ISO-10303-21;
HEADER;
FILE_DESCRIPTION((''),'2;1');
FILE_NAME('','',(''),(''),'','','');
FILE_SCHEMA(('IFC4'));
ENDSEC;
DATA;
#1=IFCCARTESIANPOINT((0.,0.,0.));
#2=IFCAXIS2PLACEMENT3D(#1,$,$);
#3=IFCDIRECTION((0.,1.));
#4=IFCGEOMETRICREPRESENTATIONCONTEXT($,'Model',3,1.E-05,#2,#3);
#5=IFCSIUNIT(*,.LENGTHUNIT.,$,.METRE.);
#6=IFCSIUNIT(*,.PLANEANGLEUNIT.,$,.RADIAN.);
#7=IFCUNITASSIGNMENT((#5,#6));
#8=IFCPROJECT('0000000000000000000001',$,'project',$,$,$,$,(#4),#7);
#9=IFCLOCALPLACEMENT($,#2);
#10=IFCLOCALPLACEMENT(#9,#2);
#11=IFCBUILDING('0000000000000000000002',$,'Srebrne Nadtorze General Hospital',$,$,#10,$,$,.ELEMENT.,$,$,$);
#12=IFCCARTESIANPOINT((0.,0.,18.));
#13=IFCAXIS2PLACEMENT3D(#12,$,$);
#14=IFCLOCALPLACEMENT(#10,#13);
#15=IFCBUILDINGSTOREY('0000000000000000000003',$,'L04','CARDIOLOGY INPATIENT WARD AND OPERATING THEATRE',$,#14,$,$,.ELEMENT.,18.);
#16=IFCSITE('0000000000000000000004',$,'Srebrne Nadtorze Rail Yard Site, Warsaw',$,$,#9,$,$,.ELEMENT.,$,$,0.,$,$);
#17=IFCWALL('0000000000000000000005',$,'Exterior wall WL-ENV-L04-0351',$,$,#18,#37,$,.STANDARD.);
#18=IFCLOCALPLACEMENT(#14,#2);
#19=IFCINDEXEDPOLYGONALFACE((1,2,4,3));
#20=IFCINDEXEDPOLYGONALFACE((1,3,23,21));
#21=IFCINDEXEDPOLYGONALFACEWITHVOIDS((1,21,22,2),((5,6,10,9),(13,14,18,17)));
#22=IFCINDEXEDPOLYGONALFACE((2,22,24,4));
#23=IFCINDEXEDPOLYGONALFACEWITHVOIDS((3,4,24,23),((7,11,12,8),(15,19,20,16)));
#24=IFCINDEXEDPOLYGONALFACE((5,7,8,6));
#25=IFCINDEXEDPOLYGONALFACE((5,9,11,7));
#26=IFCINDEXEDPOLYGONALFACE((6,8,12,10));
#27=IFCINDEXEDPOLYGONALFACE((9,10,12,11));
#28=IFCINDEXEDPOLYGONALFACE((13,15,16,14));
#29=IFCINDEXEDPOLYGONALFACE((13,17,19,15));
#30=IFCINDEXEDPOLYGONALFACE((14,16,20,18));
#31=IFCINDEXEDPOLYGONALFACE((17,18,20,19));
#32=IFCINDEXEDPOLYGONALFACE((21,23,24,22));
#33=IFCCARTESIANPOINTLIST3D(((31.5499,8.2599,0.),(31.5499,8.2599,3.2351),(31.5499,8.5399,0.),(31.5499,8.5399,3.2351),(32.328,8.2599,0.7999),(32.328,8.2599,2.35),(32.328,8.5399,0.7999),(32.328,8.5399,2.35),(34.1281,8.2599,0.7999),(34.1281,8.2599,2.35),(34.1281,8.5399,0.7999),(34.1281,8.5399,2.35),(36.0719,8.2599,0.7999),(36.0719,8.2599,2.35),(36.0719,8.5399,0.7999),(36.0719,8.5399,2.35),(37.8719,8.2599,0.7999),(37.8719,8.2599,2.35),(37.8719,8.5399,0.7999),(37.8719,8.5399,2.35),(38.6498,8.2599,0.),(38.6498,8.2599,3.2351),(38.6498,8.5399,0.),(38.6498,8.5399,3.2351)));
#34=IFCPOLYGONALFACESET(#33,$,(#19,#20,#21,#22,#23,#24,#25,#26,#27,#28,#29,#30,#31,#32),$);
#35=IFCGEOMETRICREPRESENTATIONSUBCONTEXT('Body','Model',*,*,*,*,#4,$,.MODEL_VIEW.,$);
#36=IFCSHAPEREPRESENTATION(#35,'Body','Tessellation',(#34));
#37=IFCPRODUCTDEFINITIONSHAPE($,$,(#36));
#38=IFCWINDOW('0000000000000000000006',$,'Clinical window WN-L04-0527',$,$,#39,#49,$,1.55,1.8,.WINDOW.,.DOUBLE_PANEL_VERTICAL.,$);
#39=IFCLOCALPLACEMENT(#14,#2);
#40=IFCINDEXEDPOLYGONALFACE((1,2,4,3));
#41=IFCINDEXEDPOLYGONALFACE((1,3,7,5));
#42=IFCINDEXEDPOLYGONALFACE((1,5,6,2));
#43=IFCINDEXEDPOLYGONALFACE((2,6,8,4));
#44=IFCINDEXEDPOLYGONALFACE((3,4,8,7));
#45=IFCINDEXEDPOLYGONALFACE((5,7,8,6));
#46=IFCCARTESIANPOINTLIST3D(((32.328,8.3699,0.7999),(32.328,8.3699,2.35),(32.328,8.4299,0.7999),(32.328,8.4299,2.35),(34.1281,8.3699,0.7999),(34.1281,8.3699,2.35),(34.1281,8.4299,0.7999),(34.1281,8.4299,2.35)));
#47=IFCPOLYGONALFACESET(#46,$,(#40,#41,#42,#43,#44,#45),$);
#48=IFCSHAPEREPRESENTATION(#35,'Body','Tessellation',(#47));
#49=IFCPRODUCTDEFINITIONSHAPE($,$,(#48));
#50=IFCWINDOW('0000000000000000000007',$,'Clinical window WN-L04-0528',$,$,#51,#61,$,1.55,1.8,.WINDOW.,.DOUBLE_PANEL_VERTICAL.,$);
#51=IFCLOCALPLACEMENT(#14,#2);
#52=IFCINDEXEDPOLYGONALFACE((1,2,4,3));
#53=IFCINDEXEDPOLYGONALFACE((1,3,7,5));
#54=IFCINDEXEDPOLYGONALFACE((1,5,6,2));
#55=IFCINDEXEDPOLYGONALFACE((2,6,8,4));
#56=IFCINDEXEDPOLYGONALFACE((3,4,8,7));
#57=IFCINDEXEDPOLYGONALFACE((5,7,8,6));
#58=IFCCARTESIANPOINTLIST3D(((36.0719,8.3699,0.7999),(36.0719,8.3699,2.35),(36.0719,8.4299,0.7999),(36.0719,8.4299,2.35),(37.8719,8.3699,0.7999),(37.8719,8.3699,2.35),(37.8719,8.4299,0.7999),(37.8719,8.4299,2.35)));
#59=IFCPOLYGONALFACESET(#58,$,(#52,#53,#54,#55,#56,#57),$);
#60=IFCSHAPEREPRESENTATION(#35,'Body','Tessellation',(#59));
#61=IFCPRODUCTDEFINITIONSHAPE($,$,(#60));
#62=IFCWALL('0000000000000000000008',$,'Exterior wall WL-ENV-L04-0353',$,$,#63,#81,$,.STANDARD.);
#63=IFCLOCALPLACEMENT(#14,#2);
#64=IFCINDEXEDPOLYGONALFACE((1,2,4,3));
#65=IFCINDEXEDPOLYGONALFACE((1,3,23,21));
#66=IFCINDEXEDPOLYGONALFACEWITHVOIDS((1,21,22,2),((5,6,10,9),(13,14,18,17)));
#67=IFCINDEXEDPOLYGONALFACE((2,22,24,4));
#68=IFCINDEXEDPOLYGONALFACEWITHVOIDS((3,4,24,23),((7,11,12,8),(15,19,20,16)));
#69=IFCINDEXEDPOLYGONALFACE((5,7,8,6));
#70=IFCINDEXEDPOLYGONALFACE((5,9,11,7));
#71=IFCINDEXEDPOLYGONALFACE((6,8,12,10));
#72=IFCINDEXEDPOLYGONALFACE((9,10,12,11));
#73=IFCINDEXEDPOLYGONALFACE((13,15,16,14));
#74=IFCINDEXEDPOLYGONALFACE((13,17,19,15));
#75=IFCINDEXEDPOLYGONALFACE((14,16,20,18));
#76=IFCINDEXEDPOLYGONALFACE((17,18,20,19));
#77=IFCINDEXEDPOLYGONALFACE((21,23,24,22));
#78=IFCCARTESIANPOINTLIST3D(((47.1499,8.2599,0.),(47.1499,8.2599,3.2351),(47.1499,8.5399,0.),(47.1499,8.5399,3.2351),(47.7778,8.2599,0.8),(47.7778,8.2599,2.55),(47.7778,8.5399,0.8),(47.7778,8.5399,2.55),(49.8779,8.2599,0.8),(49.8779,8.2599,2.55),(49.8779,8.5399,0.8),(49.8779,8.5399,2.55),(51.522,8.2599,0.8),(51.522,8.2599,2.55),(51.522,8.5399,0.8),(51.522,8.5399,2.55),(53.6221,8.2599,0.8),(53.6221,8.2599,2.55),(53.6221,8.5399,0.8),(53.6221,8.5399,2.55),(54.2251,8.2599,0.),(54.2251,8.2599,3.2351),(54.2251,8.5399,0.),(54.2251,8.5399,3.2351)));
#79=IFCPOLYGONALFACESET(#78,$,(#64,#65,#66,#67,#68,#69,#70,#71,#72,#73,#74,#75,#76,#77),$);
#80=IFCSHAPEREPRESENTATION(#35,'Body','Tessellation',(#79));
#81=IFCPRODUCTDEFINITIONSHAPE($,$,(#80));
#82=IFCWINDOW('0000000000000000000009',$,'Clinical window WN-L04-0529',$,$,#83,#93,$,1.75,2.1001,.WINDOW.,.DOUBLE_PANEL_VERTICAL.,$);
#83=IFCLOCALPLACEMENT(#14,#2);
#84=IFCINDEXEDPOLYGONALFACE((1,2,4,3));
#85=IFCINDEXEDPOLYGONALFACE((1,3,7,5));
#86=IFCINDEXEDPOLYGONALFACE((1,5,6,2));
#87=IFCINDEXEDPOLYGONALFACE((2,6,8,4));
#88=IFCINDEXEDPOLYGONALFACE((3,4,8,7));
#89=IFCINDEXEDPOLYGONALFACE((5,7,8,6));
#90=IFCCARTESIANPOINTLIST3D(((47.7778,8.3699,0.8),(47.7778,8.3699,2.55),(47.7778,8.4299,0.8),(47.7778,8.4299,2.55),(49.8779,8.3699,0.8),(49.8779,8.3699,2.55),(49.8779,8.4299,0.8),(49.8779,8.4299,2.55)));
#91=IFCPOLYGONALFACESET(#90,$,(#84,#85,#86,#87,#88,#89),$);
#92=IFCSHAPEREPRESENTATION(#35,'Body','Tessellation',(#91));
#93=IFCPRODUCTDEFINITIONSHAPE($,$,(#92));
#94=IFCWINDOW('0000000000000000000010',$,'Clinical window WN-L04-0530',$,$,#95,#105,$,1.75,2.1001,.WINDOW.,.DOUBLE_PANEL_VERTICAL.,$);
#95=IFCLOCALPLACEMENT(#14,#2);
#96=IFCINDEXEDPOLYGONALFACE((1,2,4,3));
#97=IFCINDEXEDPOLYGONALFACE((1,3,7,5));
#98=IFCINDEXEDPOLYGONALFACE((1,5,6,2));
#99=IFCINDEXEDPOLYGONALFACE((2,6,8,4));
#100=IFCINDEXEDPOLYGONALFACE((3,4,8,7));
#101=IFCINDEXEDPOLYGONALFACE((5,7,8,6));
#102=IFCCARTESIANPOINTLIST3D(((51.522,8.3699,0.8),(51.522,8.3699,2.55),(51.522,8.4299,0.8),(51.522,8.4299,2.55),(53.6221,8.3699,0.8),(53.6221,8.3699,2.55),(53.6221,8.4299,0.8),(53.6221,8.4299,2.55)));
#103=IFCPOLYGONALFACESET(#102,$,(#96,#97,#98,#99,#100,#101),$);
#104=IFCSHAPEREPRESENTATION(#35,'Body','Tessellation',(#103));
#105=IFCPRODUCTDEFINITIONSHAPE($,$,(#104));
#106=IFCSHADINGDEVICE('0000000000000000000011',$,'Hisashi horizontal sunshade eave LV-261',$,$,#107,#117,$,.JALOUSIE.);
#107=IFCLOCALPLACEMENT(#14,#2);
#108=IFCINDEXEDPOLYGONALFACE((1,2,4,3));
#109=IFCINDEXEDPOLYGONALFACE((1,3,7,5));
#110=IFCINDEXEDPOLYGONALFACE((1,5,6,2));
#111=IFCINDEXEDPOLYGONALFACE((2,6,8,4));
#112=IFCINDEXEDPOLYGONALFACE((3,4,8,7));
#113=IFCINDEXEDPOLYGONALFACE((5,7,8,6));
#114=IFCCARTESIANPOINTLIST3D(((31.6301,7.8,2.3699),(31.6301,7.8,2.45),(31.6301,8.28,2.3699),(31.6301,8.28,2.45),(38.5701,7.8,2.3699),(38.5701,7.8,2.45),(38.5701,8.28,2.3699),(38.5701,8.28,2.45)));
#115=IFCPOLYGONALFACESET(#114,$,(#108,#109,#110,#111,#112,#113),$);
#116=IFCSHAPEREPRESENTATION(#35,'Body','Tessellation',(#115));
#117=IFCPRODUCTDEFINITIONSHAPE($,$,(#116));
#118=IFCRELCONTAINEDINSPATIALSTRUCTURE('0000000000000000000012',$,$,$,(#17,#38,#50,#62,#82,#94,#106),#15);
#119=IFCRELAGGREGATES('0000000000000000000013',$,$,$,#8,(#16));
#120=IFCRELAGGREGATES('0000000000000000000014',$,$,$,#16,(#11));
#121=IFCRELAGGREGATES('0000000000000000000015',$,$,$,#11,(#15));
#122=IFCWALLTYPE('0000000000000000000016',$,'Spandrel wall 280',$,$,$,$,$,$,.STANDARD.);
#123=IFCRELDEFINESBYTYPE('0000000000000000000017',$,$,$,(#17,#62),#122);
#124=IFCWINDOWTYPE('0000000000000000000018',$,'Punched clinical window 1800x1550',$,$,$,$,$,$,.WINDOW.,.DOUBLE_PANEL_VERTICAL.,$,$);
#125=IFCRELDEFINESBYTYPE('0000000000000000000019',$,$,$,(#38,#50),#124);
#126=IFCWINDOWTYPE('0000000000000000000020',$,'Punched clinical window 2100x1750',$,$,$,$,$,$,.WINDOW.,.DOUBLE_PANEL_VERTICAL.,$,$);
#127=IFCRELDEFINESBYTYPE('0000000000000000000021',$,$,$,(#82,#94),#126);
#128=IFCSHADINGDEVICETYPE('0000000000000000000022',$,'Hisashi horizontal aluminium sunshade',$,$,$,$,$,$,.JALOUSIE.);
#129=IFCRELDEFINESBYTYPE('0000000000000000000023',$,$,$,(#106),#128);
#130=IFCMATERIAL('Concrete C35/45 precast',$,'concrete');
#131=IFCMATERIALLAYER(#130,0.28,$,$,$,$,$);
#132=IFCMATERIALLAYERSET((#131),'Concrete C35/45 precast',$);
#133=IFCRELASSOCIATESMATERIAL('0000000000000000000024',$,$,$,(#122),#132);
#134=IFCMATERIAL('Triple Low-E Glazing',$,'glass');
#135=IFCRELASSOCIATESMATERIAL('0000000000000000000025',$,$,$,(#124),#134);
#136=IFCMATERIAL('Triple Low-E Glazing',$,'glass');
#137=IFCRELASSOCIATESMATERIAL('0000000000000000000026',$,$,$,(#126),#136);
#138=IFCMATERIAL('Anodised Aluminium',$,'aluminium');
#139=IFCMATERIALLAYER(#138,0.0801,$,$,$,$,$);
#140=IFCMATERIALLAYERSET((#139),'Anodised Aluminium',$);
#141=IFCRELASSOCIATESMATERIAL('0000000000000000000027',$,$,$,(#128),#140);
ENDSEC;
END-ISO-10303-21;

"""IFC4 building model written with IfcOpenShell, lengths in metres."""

from ifc_helpers import new_model, si_unit, direction, frame, frame_2d, origin, origin_2d, place, context, subcontext, project, spatial, rectangle, extrude, material, layer, layer_set, type_object, element, fill, save


model = new_model("IFC4")

# Units and contexts
model_context = context("Model", 3, precision=1e-05, world=origin(), true_north=direction((0.0, 1.0)))
body_context = subcontext(model_context, "Body", "Model", "MODEL_VIEW")
ifc_project = project(units=[si_unit("LENGTHUNIT", "METRE"), si_unit("PLANEANGLEUNIT", "RADIAN")], contexts=[model_context])

# Site, building, storey
site_placement = place(None, origin())
site = spatial("IfcSite", under=ifc_project, at=site_placement, Name="Srebrne Nadtorze Rail Yard Site, Warsaw", CompositionType="ELEMENT", RefElevation=0.0)
building_placement = place(site_placement, origin())
building = spatial("IfcBuilding", under=site, at=building_placement, Name="Srebrne Nadtorze General Hospital", CompositionType="ELEMENT")
storey_placement = place(building_placement, frame((0.0, 0.0, 18.0)))
storey = spatial("IfcBuildingStorey", under=building, at=storey_placement, Name="L04", Description="CARDIOLOGY INPATIENT WARD AND OPERATING THEATRE", CompositionType="ELEMENT", Elevation=18.0)

# Wall, openings, windows
ifc_material_1 = material(Name="Concrete C35/45 precast", Category="concrete")
ifc_layer_1 = layer(ifc_material_1, 0.28)
ifc_layer_set_1 = layer_set([ifc_layer_1], Name="Concrete C35/45 precast")
wall_type_1 = type_object("IfcWallType", Name="Spandrel wall 280", PredefinedType="STANDARD", material=ifc_layer_set_1)
wall_1_placement = place(storey_placement, frame((31.55, 8.3999, 0.0), z_axis=(0.0, 0.0, 1.0), x_axis=(1.0, 0.0, 0.0)))
wall_1 = element("IfcWall", 1, at=wall_1_placement, inside=storey, type_object=wall_type_1, Name="Exterior wall WL-ENV-L04-0351", PredefinedType="STANDARD", context=body_context, shape_type="SweptSolid", body=[
    extrude(rectangle(XDim=7.0999, YDim=0.28, at=frame_2d((3.5498, 0.0))), origin(), (0.0, 0.0, 1.0), 3.2351),
])
opening_1_placement = place(wall_1_placement, frame((0.7781, 0.0, 0.8)))
opening_1 = element("IfcOpeningElement", 2, at=opening_1_placement, cuts=wall_1, PredefinedType="OPENING", context=body_context, shape_type="SweptSolid", body=[
    extrude(rectangle(XDim=1.8, YDim=1.55, at=frame_2d((0.8999, 0.7749))), frame((0.0, 0.1519, 0.0), z_axis=(0.0, -1.0, 0.0), x_axis=(1.0, 0.0, 0.0)), (0.0, 0.0, 1.0), 0.304),
])
opening_2_placement = place(wall_1_placement, frame((4.522, 0.0, 0.8)))
opening_2 = element("IfcOpeningElement", 3, at=opening_2_placement, cuts=wall_1, PredefinedType="OPENING", context=body_context, shape_type="SweptSolid", body=[
    extrude(rectangle(XDim=1.8, YDim=1.55, at=frame_2d((0.8999, 0.7749))), frame((0.0, 0.1519, 0.0), z_axis=(0.0, -1.0, 0.0), x_axis=(1.0, 0.0, 0.0)), (0.0, 0.0, 1.0), 0.304),
])
ifc_material_2 = material(Name="Triple Low-E Glazing", Category="glass")
window_type_1 = type_object("IfcWindowType", Name="Punched clinical window 1800x1550", PartitioningType="DOUBLE_PANEL_VERTICAL", PredefinedType="WINDOW", material=ifc_material_2)
window_1_placement = place(opening_1_placement, origin())
window_1 = element("IfcWindow", 4, at=window_1_placement, inside=storey, type_object=window_type_1, Name="Clinical window WN-L04-0527", OverallHeight=1.55, OverallWidth=1.8, PartitioningType="DOUBLE_PANEL_VERTICAL", PredefinedType="WINDOW", context=body_context, shape_type="SweptSolid", body=[
    extrude(rectangle(XDim=1.8, YDim=1.55, at=frame_2d((0.8999, 0.7749))), frame((0.0, 0.03, 0.0), z_axis=(0.0, -1.0, 0.0), x_axis=(1.0, 0.0, 0.0)), (0.0, 0.0, 1.0), 0.0601),
])
fill(opening_1, window_1)
window_2_placement = place(opening_2_placement, origin())
window_2 = element("IfcWindow", 5, at=window_2_placement, inside=storey, type_object=window_type_1, Name="Clinical window WN-L04-0528", OverallHeight=1.55, OverallWidth=1.8, PartitioningType="DOUBLE_PANEL_VERTICAL", PredefinedType="WINDOW", context=body_context, shape_type="SweptSolid", body=[
    extrude(rectangle(XDim=1.8, YDim=1.55, at=frame_2d((0.8999, 0.7749))), frame((0.0, 0.03, 0.0), z_axis=(0.0, -1.0, 0.0), x_axis=(1.0, 0.0, 0.0)), (0.0, 0.0, 1.0), 0.0601),
])
fill(opening_2, window_2)

# Wall, openings, windows
wall_2_placement = place(storey_placement, frame((47.1499, 8.3999, 0.0), z_axis=(0.0, 0.0, 1.0), x_axis=(1.0, 0.0, 0.0)))
wall_2 = element("IfcWall", 6, at=wall_2_placement, inside=storey, type_object=wall_type_1, Name="Exterior wall WL-ENV-L04-0353", PredefinedType="STANDARD", context=body_context, shape_type="SweptSolid", body=[
    extrude(rectangle(XDim=7.0752, YDim=0.28, at=frame_2d((3.5376, 0.0))), origin(), (0.0, 0.0, 1.0), 3.2351),
])
opening_3_placement = place(wall_2_placement, frame((0.6279, 0.0, 0.8)))
opening_3 = element("IfcOpeningElement", 7, at=opening_3_placement, cuts=wall_2, PredefinedType="OPENING", context=body_context, shape_type="SweptSolid", body=[
    extrude(rectangle(XDim=2.1001, YDim=1.75, at=frame_2d((1.05, 0.875))), frame((0.0, 0.1519, 0.0), z_axis=(0.0, -1.0, 0.0), x_axis=(1.0, 0.0, 0.0)), (0.0, 0.0, 1.0), 0.304),
])
opening_4_placement = place(wall_2_placement, frame((4.3721, 0.0, 0.8)))
opening_4 = element("IfcOpeningElement", 8, at=opening_4_placement, cuts=wall_2, PredefinedType="OPENING", context=body_context, shape_type="SweptSolid", body=[
    extrude(rectangle(XDim=2.1001, YDim=1.75, at=frame_2d((1.05, 0.875))), frame((0.0, 0.1519, 0.0), z_axis=(0.0, -1.0, 0.0), x_axis=(1.0, 0.0, 0.0)), (0.0, 0.0, 1.0), 0.304),
])
ifc_material_3 = material(Name="Triple Low-E Glazing", Category="glass")
window_type_2 = type_object("IfcWindowType", Name="Punched clinical window 2100x1750", PartitioningType="DOUBLE_PANEL_VERTICAL", PredefinedType="WINDOW", material=ifc_material_3)
window_3_placement = place(opening_3_placement, origin())
window_3 = element("IfcWindow", 9, at=window_3_placement, inside=storey, type_object=window_type_2, Name="Clinical window WN-L04-0529", OverallHeight=1.75, OverallWidth=2.1001, PartitioningType="DOUBLE_PANEL_VERTICAL", PredefinedType="WINDOW", context=body_context, shape_type="SweptSolid", body=[
    extrude(rectangle(XDim=2.1001, YDim=1.75, at=frame_2d((1.05, 0.875))), frame((0.0, 0.03, 0.0), z_axis=(0.0, -1.0, 0.0), x_axis=(1.0, 0.0, 0.0)), (0.0, 0.0, 1.0), 0.0601),
])
fill(opening_3, window_3)
window_4_placement = place(opening_4_placement, origin())
window_4 = element("IfcWindow", 10, at=window_4_placement, inside=storey, type_object=window_type_2, Name="Clinical window WN-L04-0530", OverallHeight=1.75, OverallWidth=2.1001, PartitioningType="DOUBLE_PANEL_VERTICAL", PredefinedType="WINDOW", context=body_context, shape_type="SweptSolid", body=[
    extrude(rectangle(XDim=2.1001, YDim=1.75, at=frame_2d((1.05, 0.875))), frame((0.0, 0.03, 0.0), z_axis=(0.0, -1.0, 0.0), x_axis=(1.0, 0.0, 0.0)), (0.0, 0.0, 1.0), 0.0601),
])
fill(opening_4, window_4)

# Shading device
ifc_material_4 = material(Name="Anodised Aluminium", Category="aluminium")
ifc_layer_2 = layer(ifc_material_4, 0.0801)
ifc_layer_set_2 = layer_set([ifc_layer_2], Name="Anodised Aluminium")
shading_device_type = type_object("IfcShadingDeviceType", Name="Hisashi horizontal aluminium sunshade", PredefinedType="JALOUSIE", material=ifc_layer_set_2)
shading_device_placement = place(storey_placement, frame((35.1001, 8.04, 2.3699), z_axis=(0.0, 0.0, 1.0), x_axis=(1.0, 0.0, 0.0)))
element("IfcShadingDevice", 11, at=shading_device_placement, inside=storey, type_object=shading_device_type, Name="Hisashi horizontal sunshade eave LV-261", PredefinedType="JALOUSIE", context=body_context, shape_type="SweptSolid", body=[
    extrude(rectangle(XDim=6.9399, YDim=0.48, at=origin_2d()), origin(), (0.0, 0.0, 1.0), 0.0801),
])

save(model, "model.ifc")
